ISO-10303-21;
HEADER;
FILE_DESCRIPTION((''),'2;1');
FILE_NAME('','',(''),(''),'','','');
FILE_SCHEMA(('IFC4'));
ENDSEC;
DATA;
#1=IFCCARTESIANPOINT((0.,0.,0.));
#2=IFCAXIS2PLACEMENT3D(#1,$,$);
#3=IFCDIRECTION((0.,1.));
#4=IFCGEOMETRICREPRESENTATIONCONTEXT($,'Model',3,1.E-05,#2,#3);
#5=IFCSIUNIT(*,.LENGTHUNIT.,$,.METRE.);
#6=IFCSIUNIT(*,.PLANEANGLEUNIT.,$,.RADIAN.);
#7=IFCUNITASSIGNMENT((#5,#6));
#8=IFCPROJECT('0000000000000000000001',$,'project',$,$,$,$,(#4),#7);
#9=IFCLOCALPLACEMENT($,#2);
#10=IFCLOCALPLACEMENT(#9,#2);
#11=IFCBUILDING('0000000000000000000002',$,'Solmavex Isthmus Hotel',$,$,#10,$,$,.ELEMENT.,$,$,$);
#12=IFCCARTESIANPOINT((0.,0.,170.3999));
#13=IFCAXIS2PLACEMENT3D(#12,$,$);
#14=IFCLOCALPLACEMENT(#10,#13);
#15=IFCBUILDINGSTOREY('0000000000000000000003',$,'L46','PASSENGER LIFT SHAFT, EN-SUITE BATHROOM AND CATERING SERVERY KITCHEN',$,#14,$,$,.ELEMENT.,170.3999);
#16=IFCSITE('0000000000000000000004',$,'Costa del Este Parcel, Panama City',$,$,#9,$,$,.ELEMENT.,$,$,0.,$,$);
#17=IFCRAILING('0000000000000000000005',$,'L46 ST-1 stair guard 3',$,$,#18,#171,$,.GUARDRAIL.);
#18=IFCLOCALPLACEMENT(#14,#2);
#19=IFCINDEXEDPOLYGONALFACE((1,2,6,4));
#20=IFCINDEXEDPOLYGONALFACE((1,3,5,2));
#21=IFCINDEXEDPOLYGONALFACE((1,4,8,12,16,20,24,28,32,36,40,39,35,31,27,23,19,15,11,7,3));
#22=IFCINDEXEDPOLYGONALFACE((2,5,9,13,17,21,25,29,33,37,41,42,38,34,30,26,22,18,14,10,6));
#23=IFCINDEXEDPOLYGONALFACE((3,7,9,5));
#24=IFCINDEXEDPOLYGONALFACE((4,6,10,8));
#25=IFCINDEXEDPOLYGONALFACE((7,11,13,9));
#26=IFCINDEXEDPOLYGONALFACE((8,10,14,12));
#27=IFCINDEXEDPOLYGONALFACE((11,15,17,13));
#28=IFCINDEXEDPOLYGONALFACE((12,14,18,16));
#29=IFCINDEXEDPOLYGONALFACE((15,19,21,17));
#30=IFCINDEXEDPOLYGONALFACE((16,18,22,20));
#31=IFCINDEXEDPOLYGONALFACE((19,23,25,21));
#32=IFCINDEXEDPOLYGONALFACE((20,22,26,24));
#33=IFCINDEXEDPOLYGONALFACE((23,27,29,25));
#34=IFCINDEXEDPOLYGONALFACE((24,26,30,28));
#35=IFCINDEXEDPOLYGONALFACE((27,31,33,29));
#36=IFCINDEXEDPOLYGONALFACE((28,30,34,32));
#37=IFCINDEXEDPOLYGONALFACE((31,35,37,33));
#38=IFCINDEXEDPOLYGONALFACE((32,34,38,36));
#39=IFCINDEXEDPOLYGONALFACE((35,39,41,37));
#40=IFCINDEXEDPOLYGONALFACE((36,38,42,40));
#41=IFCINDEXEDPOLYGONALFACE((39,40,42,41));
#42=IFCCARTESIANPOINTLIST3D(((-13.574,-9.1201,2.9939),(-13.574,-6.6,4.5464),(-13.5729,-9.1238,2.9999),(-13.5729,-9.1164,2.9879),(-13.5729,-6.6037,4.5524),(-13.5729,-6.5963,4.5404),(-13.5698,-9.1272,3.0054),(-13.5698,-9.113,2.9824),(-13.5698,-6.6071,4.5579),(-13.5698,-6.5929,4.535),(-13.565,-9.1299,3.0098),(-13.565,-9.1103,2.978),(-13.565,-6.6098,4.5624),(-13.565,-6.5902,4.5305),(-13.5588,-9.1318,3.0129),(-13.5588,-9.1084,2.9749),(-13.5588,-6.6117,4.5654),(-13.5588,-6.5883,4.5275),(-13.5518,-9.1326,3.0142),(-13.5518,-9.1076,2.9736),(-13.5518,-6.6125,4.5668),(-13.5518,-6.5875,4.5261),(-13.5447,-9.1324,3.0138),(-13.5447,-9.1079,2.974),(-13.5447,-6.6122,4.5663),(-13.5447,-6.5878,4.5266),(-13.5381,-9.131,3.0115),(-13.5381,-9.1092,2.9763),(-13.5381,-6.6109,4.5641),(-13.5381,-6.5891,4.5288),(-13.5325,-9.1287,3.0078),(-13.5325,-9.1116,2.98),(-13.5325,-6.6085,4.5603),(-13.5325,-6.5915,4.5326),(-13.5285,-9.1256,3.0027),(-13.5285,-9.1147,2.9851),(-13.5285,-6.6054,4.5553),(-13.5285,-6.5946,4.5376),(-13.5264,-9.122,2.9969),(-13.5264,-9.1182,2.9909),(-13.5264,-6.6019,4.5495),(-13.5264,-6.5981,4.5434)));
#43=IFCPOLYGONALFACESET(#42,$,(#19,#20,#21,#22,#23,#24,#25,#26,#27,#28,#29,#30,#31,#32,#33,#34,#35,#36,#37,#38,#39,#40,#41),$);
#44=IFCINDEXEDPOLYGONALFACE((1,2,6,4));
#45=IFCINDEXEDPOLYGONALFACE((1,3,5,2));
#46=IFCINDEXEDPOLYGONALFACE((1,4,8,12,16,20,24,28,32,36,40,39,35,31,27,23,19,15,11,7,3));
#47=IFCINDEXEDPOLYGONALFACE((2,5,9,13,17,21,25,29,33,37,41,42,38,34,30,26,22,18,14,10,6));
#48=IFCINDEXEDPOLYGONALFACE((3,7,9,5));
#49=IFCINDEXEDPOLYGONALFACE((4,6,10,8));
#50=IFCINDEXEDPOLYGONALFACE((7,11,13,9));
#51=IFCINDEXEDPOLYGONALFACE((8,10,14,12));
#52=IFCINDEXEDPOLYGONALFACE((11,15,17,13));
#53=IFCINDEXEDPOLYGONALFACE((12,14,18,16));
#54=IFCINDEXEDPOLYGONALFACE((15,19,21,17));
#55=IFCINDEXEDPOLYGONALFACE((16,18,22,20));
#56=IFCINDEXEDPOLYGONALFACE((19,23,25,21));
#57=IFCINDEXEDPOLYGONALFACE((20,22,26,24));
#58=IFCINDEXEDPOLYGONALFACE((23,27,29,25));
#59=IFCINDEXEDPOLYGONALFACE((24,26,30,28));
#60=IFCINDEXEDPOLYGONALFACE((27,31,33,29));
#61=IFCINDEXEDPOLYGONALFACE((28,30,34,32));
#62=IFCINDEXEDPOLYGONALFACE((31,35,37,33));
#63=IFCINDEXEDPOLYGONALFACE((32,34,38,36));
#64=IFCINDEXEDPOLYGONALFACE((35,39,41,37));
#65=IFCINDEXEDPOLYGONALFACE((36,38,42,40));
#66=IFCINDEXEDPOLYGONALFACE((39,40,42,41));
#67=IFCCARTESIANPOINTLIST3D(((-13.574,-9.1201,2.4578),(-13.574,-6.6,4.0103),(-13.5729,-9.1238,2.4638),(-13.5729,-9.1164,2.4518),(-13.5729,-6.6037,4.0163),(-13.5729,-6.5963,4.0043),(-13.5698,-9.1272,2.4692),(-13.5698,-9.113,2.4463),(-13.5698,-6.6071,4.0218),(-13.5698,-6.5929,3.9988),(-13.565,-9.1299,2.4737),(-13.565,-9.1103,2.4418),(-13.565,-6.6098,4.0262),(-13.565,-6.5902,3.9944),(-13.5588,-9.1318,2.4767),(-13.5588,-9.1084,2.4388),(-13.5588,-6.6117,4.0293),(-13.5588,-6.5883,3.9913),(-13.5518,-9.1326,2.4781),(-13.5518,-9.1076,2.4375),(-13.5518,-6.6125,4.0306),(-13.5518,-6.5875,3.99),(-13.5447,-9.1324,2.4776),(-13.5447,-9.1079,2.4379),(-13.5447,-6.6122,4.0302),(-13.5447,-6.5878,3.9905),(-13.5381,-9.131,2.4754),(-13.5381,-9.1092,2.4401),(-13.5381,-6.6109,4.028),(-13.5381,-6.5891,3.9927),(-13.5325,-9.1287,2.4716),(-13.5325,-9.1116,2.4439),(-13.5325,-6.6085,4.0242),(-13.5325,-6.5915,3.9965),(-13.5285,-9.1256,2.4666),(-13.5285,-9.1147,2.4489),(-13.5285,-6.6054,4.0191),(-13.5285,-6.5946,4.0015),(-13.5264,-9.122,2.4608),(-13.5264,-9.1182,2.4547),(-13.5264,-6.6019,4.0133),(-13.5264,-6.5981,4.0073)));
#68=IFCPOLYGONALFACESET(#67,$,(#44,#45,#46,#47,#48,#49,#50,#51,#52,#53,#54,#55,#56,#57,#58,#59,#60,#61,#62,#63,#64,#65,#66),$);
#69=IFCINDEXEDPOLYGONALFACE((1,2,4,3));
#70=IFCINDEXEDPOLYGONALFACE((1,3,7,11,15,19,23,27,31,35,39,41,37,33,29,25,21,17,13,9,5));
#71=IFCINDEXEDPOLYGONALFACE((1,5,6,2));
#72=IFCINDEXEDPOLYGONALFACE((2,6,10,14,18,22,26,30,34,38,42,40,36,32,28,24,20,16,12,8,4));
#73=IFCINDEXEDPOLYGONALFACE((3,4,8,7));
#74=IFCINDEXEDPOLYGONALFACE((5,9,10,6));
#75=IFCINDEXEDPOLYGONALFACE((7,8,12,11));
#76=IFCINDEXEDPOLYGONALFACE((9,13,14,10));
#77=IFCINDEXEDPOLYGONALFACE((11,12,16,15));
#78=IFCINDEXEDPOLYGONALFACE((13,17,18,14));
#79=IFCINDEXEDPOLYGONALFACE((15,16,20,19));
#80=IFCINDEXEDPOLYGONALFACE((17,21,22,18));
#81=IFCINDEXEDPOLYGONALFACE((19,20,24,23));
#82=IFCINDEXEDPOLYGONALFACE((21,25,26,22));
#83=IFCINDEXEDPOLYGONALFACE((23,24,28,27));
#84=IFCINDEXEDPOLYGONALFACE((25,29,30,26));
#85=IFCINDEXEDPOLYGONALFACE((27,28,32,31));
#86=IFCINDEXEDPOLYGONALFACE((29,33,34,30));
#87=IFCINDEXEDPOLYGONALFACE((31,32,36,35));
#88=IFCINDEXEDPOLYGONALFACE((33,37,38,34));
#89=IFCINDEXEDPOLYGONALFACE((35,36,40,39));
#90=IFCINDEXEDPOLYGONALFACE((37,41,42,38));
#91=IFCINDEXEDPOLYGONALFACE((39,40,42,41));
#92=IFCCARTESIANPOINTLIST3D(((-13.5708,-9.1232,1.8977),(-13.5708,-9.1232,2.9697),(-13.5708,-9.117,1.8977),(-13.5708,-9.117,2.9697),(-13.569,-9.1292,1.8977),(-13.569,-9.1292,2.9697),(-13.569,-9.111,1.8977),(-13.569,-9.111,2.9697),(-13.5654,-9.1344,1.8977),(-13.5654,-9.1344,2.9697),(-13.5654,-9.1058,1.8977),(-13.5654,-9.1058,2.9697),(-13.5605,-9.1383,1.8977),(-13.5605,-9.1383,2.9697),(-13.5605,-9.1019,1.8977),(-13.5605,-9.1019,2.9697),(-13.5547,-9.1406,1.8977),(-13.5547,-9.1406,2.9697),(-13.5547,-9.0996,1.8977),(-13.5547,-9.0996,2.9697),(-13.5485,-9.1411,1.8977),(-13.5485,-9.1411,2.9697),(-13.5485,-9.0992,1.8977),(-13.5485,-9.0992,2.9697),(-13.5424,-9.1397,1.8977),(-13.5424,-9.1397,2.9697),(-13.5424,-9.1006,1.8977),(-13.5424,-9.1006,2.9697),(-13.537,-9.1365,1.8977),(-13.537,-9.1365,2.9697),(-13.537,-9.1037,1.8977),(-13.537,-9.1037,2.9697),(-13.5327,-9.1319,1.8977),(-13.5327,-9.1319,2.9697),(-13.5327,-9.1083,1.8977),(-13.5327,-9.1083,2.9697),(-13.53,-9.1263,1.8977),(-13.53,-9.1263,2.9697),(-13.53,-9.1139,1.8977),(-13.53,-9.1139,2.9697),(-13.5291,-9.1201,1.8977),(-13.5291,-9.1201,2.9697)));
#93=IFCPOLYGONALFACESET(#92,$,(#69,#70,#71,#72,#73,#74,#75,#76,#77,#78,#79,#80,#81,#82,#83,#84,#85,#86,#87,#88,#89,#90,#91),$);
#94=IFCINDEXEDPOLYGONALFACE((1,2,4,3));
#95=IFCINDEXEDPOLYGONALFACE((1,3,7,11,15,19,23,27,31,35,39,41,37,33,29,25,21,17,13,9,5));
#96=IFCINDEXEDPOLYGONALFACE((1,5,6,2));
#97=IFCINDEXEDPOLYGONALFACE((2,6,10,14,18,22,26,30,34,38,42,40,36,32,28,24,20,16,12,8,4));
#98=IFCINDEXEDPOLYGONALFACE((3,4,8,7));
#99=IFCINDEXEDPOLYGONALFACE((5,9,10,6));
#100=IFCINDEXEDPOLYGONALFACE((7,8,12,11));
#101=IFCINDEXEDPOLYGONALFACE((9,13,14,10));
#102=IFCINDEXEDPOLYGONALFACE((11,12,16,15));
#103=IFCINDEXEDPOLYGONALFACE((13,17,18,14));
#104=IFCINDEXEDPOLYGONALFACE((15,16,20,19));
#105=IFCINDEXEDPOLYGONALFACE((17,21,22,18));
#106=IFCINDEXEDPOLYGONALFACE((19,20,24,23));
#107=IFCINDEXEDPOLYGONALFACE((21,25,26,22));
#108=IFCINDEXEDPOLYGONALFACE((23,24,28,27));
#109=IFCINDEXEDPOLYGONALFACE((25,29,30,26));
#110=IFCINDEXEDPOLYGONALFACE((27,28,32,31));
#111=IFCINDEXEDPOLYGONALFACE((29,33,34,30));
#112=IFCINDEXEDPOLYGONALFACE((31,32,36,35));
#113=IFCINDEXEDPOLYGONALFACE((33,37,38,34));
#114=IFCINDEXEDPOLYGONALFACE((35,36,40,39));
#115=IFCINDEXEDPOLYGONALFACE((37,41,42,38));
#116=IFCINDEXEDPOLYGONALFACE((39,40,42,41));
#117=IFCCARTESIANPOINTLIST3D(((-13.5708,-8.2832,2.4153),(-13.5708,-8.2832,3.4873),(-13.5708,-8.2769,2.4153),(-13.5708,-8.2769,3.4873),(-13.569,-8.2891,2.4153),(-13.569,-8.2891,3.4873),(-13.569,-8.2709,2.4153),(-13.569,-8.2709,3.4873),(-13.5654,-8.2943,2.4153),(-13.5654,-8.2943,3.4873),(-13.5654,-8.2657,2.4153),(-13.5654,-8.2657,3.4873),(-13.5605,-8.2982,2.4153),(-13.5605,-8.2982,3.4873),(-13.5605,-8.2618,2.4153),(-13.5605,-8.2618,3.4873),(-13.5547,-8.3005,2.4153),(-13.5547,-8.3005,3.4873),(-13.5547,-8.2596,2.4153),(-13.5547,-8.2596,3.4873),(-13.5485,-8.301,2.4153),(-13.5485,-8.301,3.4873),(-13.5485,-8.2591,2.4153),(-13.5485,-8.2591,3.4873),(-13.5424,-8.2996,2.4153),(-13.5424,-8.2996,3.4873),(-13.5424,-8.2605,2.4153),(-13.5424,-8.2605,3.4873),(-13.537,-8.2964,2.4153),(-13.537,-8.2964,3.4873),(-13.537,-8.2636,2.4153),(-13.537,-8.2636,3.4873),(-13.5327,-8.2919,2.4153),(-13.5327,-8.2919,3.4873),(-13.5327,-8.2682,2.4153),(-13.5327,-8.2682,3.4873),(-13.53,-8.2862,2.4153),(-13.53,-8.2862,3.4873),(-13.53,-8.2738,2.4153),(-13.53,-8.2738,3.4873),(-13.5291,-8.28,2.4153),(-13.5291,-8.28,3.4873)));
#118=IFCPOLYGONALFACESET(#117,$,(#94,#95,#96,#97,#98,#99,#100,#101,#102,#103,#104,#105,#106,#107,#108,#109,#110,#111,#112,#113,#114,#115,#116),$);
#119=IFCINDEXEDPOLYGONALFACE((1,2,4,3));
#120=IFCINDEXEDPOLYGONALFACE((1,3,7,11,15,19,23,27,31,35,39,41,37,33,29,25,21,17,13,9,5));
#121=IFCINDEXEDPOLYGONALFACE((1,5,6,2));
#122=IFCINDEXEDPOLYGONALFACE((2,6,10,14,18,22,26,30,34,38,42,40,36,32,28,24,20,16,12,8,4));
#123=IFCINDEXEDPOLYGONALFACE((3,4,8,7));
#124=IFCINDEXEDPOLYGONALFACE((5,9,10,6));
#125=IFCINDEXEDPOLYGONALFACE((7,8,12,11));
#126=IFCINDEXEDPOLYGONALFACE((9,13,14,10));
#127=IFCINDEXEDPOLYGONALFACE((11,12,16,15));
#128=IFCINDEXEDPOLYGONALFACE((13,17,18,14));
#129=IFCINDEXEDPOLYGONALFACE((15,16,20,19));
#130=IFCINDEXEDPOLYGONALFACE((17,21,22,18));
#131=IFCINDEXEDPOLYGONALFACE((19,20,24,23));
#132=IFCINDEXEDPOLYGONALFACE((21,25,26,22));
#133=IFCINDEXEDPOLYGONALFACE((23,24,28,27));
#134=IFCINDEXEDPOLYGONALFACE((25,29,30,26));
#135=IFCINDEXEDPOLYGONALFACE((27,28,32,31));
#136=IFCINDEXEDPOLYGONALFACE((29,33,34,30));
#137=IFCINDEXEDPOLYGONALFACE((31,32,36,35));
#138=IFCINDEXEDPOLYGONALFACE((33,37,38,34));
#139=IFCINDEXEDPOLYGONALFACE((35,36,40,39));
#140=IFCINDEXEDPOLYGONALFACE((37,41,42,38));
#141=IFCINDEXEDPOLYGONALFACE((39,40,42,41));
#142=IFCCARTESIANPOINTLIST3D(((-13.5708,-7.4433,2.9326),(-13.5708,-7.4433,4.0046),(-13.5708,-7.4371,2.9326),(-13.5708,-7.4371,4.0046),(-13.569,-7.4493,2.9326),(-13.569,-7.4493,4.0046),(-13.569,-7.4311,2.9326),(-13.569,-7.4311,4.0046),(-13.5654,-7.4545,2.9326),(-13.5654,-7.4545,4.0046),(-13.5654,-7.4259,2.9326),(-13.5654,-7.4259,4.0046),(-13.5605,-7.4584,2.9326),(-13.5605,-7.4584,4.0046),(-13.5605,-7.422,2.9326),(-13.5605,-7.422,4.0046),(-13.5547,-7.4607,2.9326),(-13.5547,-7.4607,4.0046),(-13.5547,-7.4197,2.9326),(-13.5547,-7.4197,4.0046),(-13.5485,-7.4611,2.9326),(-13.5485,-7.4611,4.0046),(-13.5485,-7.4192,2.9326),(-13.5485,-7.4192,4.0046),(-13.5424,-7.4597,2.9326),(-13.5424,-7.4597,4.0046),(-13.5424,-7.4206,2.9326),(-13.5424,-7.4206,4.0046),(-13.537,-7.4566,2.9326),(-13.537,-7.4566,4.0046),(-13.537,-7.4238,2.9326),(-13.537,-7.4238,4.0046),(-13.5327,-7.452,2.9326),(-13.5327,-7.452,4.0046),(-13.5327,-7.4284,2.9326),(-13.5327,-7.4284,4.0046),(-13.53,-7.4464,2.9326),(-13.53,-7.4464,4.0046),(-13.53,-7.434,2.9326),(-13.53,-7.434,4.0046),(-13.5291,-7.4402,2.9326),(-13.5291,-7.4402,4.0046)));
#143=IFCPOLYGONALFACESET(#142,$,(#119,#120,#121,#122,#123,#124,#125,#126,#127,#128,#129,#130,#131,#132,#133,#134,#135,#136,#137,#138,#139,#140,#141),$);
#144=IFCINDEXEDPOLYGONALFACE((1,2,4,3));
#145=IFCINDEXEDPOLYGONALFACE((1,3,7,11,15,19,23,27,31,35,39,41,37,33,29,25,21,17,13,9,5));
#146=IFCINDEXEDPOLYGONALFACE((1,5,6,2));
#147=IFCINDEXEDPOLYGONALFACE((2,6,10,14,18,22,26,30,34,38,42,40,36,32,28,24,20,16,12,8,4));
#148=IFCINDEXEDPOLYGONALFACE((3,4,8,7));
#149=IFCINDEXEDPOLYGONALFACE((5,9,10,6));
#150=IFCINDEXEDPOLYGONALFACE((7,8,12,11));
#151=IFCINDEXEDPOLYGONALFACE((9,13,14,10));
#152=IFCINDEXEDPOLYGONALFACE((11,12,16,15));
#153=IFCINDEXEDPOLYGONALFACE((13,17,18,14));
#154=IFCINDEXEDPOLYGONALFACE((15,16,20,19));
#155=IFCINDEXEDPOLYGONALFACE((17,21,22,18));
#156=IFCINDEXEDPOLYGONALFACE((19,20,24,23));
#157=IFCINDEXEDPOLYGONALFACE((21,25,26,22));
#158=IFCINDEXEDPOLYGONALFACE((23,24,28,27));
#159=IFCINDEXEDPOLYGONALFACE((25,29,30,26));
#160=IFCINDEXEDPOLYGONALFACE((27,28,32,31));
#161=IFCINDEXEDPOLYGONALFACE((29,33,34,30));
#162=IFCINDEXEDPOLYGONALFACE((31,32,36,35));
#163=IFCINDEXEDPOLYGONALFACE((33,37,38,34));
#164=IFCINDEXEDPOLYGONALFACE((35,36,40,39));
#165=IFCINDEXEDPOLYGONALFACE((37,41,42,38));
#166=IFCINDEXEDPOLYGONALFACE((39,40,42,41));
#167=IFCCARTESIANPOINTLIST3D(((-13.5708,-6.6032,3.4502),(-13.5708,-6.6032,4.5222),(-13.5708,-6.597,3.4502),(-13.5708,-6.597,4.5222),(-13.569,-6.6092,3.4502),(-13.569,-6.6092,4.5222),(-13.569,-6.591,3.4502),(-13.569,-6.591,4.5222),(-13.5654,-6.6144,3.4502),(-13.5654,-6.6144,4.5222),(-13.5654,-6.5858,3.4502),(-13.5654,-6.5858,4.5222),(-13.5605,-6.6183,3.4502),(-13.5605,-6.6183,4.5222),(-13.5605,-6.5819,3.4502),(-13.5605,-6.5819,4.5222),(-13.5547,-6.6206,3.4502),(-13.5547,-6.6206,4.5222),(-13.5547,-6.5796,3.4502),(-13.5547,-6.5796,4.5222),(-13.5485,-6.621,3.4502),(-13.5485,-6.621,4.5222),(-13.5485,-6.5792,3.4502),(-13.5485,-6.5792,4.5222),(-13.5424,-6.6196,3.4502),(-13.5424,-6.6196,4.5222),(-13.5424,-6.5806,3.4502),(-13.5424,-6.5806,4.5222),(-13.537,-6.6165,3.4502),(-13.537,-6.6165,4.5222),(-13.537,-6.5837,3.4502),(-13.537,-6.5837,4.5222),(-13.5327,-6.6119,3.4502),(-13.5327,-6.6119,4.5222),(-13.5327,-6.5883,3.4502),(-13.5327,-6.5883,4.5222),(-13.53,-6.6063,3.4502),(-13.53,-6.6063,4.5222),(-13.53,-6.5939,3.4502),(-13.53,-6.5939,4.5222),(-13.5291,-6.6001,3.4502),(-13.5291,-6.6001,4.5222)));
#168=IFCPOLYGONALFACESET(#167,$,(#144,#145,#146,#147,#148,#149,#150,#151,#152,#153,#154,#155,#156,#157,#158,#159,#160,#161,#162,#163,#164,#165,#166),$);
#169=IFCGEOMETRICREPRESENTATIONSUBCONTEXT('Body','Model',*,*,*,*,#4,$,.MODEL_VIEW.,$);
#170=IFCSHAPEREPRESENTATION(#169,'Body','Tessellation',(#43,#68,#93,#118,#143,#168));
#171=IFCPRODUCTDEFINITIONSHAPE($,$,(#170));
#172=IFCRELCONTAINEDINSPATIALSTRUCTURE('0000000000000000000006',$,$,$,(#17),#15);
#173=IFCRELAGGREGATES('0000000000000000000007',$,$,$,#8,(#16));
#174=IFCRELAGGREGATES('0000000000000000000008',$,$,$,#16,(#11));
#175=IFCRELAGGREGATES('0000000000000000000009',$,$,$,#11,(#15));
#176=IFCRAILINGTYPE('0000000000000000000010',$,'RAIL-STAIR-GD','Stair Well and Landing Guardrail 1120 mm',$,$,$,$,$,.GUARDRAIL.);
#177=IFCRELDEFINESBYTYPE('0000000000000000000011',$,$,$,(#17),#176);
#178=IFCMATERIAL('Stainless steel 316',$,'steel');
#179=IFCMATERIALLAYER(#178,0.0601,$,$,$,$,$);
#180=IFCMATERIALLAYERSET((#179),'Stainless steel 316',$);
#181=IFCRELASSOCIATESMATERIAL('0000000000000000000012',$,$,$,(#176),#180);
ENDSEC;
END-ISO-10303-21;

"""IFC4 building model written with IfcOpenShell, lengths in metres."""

from ifc_helpers import new_model, si_unit, direction, frame, origin, origin_2d, place, context, subcontext, project, spatial, circle, extrude, material, layer, layer_set, type_object, element, save


model = new_model("IFC4")

# Units and contexts
model_context = context("Model", 3, precision=1e-05, world=origin(), true_north=direction((0.0, 1.0)))
body_context = subcontext(model_context, "Body", "Model", "MODEL_VIEW")
ifc_project = project(units=[si_unit("LENGTHUNIT", "METRE"), si_unit("PLANEANGLEUNIT", "RADIAN")], contexts=[model_context])

# Site, building, storey
site_placement = place(None, origin())
site = spatial("IfcSite", under=ifc_project, at=site_placement, Name="Costa del Este Parcel, Panama City", CompositionType="ELEMENT", RefElevation=0.0)
building_placement = place(site_placement, origin())
building = spatial("IfcBuilding", under=site, at=building_placement, Name="Solmavex Isthmus Hotel", CompositionType="ELEMENT")
storey_placement = place(building_placement, frame((0.0, 0.0, 170.3999)))
storey = spatial("IfcBuildingStorey", under=building, at=storey_placement, Name="L46", Description="PASSENGER LIFT SHAFT, EN-SUITE BATHROOM AND CATERING SERVERY KITCHEN", CompositionType="ELEMENT", Elevation=170.3999)

# Railing
ifc_material_1 = material(Name="Stainless steel 316", Category="steel")
ifc_layer_1 = layer(ifc_material_1, 0.0601)
ifc_layer_set_1 = layer_set([ifc_layer_1], Name="Stainless steel 316")
railing_type = type_object("IfcRailingType", Name="RAIL-STAIR-GD", Description="Stair Well and Landing Guardrail 1120 mm", PredefinedType="GUARDRAIL", material=ifc_layer_set_1)
railing_1_placement = place(storey_placement, frame((-13.55, -9.1201, 1.8977)))
element("IfcRailing", 1, at=railing_1_placement, inside=storey, type_object=railing_type, Name="L46 ST-1 stair guard 3", PredefinedType="GUARDRAIL", context=body_context, shape_type="SweptSolid", body=[
    extrude(circle(Radius=0.0239, at=origin_2d()), frame((0.0, 0.0, 1.0962), z_axis=(0.0, 0.8514, 0.524516), x_axis=(-1.0, 0.0, 0.0)), (0.0, 0.0, 1.0), 2.96),
    extrude(circle(Radius=0.0239, at=origin_2d()), frame((0.0, 0.0, 0.5601), z_axis=(0.0, 0.8514, 0.524516), x_axis=(-1.0, 0.0, 0.0)), (0.0, 0.0, 1.0), 2.96),
    extrude(circle(Radius=0.021, at=origin_2d()), origin(), (0.0, 0.0, 1.0), 1.072),
    extrude(circle(Radius=0.021, at=origin_2d()), frame((0.0, 0.8401, 0.5176)), (0.0, 0.0, 1.0), 1.072),
    extrude(circle(Radius=0.021, at=origin_2d()), frame((0.0, 1.6799, 1.0349)), (0.0, 0.0, 1.0), 1.072),
    extrude(circle(Radius=0.021, at=origin_2d()), frame((0.0, 2.52, 1.5525)), (0.0, 0.0, 1.0), 1.072),
])

save(model, "model.ifc")
